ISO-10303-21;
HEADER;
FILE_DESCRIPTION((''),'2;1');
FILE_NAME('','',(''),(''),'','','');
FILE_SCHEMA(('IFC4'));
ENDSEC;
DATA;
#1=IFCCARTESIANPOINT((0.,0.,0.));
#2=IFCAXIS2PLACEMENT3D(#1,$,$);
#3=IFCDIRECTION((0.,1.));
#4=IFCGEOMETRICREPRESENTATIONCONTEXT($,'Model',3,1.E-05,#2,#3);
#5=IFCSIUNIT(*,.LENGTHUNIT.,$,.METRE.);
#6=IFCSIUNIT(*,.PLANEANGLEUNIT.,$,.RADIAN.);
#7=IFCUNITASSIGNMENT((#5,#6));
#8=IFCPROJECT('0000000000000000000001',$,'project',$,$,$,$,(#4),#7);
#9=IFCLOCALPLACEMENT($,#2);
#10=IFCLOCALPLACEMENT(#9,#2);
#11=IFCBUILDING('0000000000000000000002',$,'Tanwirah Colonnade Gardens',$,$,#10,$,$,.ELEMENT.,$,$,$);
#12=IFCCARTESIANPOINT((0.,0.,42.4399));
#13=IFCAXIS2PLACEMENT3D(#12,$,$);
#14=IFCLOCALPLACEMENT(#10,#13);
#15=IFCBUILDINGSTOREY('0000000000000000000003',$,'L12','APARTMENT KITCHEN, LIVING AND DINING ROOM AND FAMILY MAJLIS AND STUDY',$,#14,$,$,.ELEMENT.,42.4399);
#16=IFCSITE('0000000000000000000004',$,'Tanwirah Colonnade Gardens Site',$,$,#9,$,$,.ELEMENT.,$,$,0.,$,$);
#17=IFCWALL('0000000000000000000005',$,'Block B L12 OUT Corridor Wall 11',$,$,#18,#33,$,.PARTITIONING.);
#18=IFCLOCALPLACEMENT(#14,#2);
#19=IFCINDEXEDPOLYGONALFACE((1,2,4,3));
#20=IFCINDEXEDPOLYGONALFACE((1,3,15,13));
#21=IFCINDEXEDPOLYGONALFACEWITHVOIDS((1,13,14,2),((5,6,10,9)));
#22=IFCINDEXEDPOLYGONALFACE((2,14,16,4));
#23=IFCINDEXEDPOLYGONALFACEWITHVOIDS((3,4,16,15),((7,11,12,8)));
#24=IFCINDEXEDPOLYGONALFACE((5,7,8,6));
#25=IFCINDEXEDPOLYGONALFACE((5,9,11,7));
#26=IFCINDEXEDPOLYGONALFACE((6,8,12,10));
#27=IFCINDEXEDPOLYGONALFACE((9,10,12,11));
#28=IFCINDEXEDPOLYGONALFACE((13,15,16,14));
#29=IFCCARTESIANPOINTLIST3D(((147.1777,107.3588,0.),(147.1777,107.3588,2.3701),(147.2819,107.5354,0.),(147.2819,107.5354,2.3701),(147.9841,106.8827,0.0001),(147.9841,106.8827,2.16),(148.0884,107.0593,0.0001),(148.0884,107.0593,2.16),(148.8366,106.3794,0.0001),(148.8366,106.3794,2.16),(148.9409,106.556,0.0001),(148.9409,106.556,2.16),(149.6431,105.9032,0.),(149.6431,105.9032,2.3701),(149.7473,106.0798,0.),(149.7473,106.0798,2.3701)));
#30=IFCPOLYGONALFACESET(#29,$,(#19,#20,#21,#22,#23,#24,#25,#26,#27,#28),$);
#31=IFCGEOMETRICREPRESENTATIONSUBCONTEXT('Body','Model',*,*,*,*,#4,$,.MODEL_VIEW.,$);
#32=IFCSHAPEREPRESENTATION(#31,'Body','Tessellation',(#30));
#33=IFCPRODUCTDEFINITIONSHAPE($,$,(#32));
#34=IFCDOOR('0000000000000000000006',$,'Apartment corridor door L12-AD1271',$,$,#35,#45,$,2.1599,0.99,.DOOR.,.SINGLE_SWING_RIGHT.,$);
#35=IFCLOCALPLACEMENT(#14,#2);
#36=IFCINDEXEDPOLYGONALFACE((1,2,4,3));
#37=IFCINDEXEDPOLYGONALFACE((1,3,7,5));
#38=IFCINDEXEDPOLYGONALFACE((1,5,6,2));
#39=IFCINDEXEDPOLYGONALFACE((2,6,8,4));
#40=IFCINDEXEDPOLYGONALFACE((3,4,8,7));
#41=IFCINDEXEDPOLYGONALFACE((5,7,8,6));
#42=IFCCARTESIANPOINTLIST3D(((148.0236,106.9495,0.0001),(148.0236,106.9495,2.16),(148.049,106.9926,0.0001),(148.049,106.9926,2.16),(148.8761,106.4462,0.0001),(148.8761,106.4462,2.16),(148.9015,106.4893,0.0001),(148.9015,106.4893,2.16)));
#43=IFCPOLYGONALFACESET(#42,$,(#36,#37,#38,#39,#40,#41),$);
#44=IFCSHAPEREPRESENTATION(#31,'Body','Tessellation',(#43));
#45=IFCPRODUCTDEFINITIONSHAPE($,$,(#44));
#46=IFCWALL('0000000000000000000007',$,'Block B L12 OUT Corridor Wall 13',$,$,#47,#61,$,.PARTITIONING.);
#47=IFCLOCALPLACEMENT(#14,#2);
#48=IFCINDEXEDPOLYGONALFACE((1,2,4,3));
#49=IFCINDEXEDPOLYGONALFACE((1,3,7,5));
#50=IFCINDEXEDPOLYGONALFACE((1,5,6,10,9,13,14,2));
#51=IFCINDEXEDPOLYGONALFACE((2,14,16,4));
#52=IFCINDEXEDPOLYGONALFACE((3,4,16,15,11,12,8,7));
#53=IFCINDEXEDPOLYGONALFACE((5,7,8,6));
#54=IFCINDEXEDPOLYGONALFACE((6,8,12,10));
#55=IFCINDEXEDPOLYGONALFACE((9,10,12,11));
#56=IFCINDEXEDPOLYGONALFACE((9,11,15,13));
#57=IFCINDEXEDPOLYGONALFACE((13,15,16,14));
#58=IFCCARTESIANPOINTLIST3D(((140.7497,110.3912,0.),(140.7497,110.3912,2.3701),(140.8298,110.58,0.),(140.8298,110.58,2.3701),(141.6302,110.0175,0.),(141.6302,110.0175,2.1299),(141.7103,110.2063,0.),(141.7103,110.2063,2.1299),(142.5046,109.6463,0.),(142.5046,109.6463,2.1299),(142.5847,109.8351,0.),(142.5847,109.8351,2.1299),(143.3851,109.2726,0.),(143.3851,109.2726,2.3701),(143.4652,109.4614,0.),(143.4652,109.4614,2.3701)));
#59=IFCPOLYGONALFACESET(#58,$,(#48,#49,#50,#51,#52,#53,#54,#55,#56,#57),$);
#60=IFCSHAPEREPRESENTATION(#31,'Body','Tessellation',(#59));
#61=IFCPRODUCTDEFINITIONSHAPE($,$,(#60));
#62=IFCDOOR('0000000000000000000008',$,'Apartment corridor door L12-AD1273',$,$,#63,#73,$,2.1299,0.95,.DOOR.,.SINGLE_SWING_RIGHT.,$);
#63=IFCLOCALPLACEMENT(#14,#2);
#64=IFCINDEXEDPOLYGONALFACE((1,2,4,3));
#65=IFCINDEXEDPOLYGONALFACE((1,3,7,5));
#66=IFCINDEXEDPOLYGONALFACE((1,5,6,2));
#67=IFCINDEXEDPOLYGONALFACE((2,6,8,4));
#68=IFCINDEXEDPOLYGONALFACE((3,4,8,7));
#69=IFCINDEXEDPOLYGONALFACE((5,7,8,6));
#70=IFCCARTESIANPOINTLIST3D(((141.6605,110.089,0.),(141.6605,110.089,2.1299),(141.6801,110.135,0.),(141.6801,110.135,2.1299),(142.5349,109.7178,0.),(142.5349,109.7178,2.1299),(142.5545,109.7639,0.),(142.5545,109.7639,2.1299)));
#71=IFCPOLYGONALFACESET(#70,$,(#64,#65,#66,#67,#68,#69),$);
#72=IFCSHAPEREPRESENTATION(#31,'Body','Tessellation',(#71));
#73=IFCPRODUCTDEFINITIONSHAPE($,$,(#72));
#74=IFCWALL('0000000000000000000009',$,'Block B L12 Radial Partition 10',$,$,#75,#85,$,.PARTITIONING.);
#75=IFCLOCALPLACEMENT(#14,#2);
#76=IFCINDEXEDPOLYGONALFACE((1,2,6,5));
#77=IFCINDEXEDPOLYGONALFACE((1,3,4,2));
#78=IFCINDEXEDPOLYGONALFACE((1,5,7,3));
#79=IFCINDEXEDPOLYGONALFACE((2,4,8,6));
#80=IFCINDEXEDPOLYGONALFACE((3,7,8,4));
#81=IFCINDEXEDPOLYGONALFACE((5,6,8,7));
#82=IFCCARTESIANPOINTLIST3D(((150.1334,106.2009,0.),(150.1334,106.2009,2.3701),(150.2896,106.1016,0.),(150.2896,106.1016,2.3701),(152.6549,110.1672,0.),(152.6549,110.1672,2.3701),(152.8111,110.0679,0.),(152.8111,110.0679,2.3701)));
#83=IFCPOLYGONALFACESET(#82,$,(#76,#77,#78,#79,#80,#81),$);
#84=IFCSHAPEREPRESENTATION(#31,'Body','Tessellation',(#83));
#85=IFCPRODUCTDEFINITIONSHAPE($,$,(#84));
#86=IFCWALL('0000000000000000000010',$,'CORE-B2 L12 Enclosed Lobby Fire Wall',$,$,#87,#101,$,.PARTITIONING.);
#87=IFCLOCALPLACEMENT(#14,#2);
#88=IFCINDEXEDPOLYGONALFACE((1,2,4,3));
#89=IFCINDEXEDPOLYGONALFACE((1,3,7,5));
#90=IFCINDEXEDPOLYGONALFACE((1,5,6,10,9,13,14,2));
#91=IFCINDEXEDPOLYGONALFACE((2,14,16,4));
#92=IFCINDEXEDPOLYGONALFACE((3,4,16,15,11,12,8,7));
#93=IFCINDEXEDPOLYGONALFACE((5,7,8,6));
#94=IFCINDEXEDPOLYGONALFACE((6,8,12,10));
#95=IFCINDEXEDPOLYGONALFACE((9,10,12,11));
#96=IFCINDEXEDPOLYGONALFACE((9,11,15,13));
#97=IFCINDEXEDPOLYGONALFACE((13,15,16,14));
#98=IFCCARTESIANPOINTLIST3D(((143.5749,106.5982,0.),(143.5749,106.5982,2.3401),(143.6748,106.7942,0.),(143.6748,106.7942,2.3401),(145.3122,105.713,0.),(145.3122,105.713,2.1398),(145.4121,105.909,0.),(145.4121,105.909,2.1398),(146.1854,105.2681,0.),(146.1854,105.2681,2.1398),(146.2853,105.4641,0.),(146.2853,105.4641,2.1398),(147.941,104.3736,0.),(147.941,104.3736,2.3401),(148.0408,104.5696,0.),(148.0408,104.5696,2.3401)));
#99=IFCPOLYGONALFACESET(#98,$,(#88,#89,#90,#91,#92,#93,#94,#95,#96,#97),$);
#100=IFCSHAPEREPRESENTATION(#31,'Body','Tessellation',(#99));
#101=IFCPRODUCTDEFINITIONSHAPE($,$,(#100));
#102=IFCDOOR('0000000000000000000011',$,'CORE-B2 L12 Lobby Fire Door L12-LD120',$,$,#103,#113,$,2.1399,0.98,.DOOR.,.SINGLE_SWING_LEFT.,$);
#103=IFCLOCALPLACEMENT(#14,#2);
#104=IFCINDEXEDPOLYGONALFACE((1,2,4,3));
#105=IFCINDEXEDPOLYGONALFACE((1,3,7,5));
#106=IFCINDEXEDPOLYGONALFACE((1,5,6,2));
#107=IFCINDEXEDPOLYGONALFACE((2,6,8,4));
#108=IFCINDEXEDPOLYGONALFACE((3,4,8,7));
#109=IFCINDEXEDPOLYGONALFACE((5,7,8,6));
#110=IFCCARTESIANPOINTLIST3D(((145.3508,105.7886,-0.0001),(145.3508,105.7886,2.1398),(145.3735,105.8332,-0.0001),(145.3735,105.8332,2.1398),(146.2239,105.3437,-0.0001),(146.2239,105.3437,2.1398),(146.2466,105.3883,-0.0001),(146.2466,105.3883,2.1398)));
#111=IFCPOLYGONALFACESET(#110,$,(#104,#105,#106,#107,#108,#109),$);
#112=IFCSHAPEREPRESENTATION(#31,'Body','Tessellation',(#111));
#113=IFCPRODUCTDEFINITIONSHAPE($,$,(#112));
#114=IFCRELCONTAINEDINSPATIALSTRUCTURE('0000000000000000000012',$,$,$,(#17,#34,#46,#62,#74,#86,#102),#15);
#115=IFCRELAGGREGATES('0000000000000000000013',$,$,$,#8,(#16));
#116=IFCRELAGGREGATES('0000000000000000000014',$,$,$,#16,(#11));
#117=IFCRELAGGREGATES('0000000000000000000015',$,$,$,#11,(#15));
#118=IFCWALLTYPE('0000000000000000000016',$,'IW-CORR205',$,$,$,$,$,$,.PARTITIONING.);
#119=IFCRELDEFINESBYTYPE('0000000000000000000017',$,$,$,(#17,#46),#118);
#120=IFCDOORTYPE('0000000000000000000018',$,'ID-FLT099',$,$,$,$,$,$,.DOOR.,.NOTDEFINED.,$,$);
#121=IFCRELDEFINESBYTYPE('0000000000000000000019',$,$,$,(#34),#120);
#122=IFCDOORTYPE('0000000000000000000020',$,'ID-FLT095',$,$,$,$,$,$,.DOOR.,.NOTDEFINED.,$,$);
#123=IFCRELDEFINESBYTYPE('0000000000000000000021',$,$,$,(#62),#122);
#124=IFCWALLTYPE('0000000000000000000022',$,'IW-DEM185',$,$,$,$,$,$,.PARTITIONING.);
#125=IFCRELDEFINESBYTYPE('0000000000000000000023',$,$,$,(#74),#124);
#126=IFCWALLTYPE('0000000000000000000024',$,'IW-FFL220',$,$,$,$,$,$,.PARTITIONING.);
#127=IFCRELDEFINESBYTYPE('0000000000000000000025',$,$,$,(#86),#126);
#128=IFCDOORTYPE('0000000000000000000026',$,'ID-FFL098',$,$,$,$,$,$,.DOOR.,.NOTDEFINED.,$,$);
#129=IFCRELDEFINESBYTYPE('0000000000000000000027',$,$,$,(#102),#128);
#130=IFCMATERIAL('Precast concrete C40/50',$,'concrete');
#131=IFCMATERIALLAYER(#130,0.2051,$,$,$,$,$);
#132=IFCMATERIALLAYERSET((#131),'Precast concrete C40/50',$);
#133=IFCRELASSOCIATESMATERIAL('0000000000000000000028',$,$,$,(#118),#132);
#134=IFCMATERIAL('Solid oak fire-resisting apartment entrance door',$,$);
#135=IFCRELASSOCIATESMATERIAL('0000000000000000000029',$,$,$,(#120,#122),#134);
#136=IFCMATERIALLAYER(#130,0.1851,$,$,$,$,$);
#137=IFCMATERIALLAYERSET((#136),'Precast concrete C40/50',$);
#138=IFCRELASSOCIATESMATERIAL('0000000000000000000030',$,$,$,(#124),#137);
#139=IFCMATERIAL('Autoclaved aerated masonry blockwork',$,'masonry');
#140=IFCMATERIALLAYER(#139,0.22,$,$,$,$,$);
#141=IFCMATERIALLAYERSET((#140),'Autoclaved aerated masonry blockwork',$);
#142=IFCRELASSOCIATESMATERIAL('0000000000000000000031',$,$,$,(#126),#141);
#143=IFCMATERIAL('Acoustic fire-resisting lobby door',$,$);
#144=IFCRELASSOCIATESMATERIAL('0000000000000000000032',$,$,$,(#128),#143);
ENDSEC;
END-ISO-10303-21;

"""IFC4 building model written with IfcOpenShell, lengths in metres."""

from ifc_helpers import new_model, si_unit, direction, frame, frame_2d, origin, place, context, subcontext, project, spatial, rectangle, extrude, material, layer, layer_set, type_object, element, fill, save


model = new_model("IFC4")

# Units and contexts
model_context = context("Model", 3, precision=1e-05, world=origin(), true_north=direction((0.0, 1.0)))
body_context = subcontext(model_context, "Body", "Model", "MODEL_VIEW")
ifc_project = project(units=[si_unit("LENGTHUNIT", "METRE"), si_unit("PLANEANGLEUNIT", "RADIAN")], contexts=[model_context])

# Site, building, storey
site_placement = place(None, origin())
site = spatial("IfcSite", under=ifc_project, at=site_placement, Name="Tanwirah Colonnade Gardens Site", CompositionType="ELEMENT", RefElevation=0.0)
building_placement = place(site_placement, origin())
building = spatial("IfcBuilding", under=site, at=building_placement, Name="Tanwirah Colonnade Gardens", CompositionType="ELEMENT")
storey_placement = place(building_placement, frame((0.0, 0.0, 42.4399)))
storey = spatial("IfcBuildingStorey", under=building, at=storey_placement, Name="L12", Description="APARTMENT KITCHEN, LIVING AND DINING ROOM AND FAMILY MAJLIS AND STUDY", CompositionType="ELEMENT", Elevation=42.4399)

# Shared definitions
ifc_material_1 = material(Name="Precast concrete C40/50", Category="concrete")

# Walls, openings, doors
ifc_layer_1 = layer(ifc_material_1, 0.2051)
ifc_layer_set_1 = layer_set([ifc_layer_1], Name="Precast concrete C40/50")
wall_type_1 = type_object("IfcWallType", Name="IW-CORR205", PredefinedType="PARTITIONING", material=ifc_layer_set_1)
wall_1_placement = place(storey_placement, frame((149.6953, 105.9915, 0.0), z_axis=(0.0, 0.0, 1.0), x_axis=(-0.861113, 0.508413, 0.0)))
wall_1 = element("IfcWall", 1, at=wall_1_placement, inside=storey, type_object=wall_type_1, Name="Block B L12 OUT Corridor Wall 11", PredefinedType="PARTITIONING", context=body_context, shape_type="SweptSolid", body=[
    extrude(rectangle(XDim=2.863, YDim=0.2051, at=frame_2d((1.4316, 0.0))), origin(), (0.0, 0.0, 1.0), 2.3701),
])
opening_1_placement = place(wall_1_placement, frame((0.9365, 0.0, 0.0)))
opening_1 = element("IfcOpeningElement", 2, at=opening_1_placement, cuts=wall_1, PredefinedType="OPENING", context=body_context, shape_type="SweptSolid", body=[
    extrude(rectangle(XDim=0.99, YDim=2.1599, at=frame_2d((0.4951, 1.0801))), frame((0.0, 0.1125, 0.0), z_axis=(0.0, -1.0, 0.0), x_axis=(1.0, 0.0, 0.0)), (0.0, 0.0, 1.0), 0.2251),
])
ifc_material_2 = material(Name="Solid oak fire-resisting apartment entrance door")
door_type_1 = type_object("IfcDoorType", Name="ID-FLT099", OperationType="NOTDEFINED", PredefinedType="DOOR", material=ifc_material_2)
door_1_placement = place(opening_1_placement, origin())
door_1 = element("IfcDoor", 3, at=door_1_placement, inside=storey, type_object=door_type_1, Name="Apartment corridor door L12-AD1271", OperationType="SINGLE_SWING_RIGHT", OverallHeight=2.1599, OverallWidth=0.99, PredefinedType="DOOR", context=body_context, shape_type="SweptSolid", body=[
    extrude(rectangle(XDim=0.99, YDim=2.1599, at=frame_2d((0.4951, 1.0801))), frame((0.0, 0.0249, 0.0), z_axis=(0.0, -1.0, 0.0), x_axis=(1.0, 0.0, 0.0)), (0.0, 0.0, 1.0), 0.05),
])
fill(opening_1, door_1)
wall_2_placement = place(storey_placement, frame((143.4253, 109.3669, 0.0), z_axis=(0.0, 0.0, 1.0), x_axis=(-0.920511, 0.390716, 0.0)))
wall_2 = element("IfcWall", 4, at=wall_2_placement, inside=storey, type_object=wall_type_1, Name="Block B L12 OUT Corridor Wall 13", PredefinedType="PARTITIONING", context=body_context, shape_type="SweptSolid", body=[
    extrude(rectangle(XDim=2.863, YDim=0.2051, at=frame_2d((1.4316, 0.0))), origin(), (0.0, 0.0, 1.0), 2.3701),
])
opening_2_placement = place(wall_2_placement, frame((0.9565, 0.0, 0.0)))
opening_2 = element("IfcOpeningElement", 5, at=opening_2_placement, cuts=wall_2, PredefinedType="OPENING", context=body_context, shape_type="SweptSolid", body=[
    extrude(rectangle(XDim=0.95, YDim=2.1299, at=frame_2d((0.4751, 1.0649))), frame((0.0, 0.1125, 0.0), z_axis=(0.0, -1.0, 0.0), x_axis=(1.0, 0.0, 0.0)), (0.0, 0.0, 1.0), 0.2251),
])
door_type_2 = type_object("IfcDoorType", Name="ID-FLT095", OperationType="NOTDEFINED", PredefinedType="DOOR", material=ifc_material_2)
door_2_placement = place(opening_2_placement, origin())
door_2 = element("IfcDoor", 6, at=door_2_placement, inside=storey, type_object=door_type_2, Name="Apartment corridor door L12-AD1273", OperationType="SINGLE_SWING_RIGHT", OverallHeight=2.1299, OverallWidth=0.95, PredefinedType="DOOR", context=body_context, shape_type="SweptSolid", body=[
    extrude(rectangle(XDim=0.95, YDim=2.1299, at=frame_2d((0.4751, 1.0649))), frame((0.0, 0.0249, 0.0), z_axis=(0.0, -1.0, 0.0), x_axis=(1.0, 0.0, 0.0)), (0.0, 0.0, 1.0), 0.05),
])
fill(opening_2, door_2)

# Wall
ifc_layer_2 = layer(ifc_material_1, 0.1851)
ifc_layer_set_2 = layer_set([ifc_layer_2], Name="Precast concrete C40/50")
wall_type_2 = type_object("IfcWallType", Name="IW-DEM185", PredefinedType="PARTITIONING", material=ifc_layer_set_2)
wall_3_placement = place(storey_placement, frame((150.2114, 106.1511, 0.0), z_axis=(0.0, 0.0, 1.0), x_axis=(0.536492, 0.843905, 0.0)))
element("IfcWall", 7, at=wall_3_placement, inside=storey, type_object=wall_type_2, Name="Block B L12 Radial Partition 10", PredefinedType="PARTITIONING", context=body_context, shape_type="SweptSolid", body=[
    extrude(rectangle(XDim=4.7, YDim=0.1851, at=frame_2d((2.3501, 0.0))), origin(), (0.0, 0.0, 1.0), 2.3701),
])

# Wall, opening, door
ifc_material_3 = material(Name="Autoclaved aerated masonry blockwork", Category="masonry")
ifc_layer_3 = layer(ifc_material_3, 0.22)
ifc_layer_set_3 = layer_set([ifc_layer_3], Name="Autoclaved aerated masonry blockwork")
wall_type_3 = type_object("IfcWallType", Name="IW-FFL220", PredefinedType="PARTITIONING", material=ifc_layer_set_3)
wall_4_placement = place(storey_placement, frame((143.6248, 106.6963, 0.0), z_axis=(0.0, 0.0, 1.0), x_axis=(0.891003, -0.453997, 0.0)))
wall_4 = element("IfcWall", 8, at=wall_4_placement, inside=storey, type_object=wall_type_3, Name="CORE-B2 L12 Enclosed Lobby Fire Wall", PredefinedType="PARTITIONING", context=body_context, shape_type="SweptSolid", body=[
    extrude(rectangle(XDim=4.9001, YDim=0.22, at=frame_2d((2.4502, 0.0))), origin(), (0.0, 0.0, 1.0), 2.3401),
])
opening_3_placement = place(wall_4_placement, frame((1.95, 0.0, 0.0)))
opening_3 = element("IfcOpeningElement", 9, at=opening_3_placement, cuts=wall_4, PredefinedType="OPENING", context=body_context, shape_type="SweptSolid", body=[
    extrude(rectangle(XDim=0.98, YDim=2.1399, at=frame_2d((0.49, 1.0698))), frame((0.0, 0.1199, 0.0), z_axis=(0.0, -1.0, 0.0), x_axis=(1.0, 0.0, 0.0)), (0.0, 0.0, 1.0), 0.24),
])
ifc_material_4 = material(Name="Acoustic fire-resisting lobby door")
door_type_3 = type_object("IfcDoorType", Name="ID-FFL098", OperationType="NOTDEFINED", PredefinedType="DOOR", material=ifc_material_4)
door_3_placement = place(opening_3_placement, origin())
door_3 = element("IfcDoor", 10, at=door_3_placement, inside=storey, type_object=door_type_3, Name="CORE-B2 L12 Lobby Fire Door L12-LD120", OperationType="SINGLE_SWING_LEFT", OverallHeight=2.1399, OverallWidth=0.98, PredefinedType="DOOR", context=body_context, shape_type="SweptSolid", body=[
    extrude(rectangle(XDim=0.98, YDim=2.1399, at=frame_2d((0.49, 1.0698))), frame((0.0, 0.0249, 0.0), z_axis=(0.0, -1.0, 0.0), x_axis=(1.0, 0.0, 0.0)), (0.0, 0.0, 1.0), 0.05),
])
fill(opening_3, door_3)

save(model, "model.ifc")
